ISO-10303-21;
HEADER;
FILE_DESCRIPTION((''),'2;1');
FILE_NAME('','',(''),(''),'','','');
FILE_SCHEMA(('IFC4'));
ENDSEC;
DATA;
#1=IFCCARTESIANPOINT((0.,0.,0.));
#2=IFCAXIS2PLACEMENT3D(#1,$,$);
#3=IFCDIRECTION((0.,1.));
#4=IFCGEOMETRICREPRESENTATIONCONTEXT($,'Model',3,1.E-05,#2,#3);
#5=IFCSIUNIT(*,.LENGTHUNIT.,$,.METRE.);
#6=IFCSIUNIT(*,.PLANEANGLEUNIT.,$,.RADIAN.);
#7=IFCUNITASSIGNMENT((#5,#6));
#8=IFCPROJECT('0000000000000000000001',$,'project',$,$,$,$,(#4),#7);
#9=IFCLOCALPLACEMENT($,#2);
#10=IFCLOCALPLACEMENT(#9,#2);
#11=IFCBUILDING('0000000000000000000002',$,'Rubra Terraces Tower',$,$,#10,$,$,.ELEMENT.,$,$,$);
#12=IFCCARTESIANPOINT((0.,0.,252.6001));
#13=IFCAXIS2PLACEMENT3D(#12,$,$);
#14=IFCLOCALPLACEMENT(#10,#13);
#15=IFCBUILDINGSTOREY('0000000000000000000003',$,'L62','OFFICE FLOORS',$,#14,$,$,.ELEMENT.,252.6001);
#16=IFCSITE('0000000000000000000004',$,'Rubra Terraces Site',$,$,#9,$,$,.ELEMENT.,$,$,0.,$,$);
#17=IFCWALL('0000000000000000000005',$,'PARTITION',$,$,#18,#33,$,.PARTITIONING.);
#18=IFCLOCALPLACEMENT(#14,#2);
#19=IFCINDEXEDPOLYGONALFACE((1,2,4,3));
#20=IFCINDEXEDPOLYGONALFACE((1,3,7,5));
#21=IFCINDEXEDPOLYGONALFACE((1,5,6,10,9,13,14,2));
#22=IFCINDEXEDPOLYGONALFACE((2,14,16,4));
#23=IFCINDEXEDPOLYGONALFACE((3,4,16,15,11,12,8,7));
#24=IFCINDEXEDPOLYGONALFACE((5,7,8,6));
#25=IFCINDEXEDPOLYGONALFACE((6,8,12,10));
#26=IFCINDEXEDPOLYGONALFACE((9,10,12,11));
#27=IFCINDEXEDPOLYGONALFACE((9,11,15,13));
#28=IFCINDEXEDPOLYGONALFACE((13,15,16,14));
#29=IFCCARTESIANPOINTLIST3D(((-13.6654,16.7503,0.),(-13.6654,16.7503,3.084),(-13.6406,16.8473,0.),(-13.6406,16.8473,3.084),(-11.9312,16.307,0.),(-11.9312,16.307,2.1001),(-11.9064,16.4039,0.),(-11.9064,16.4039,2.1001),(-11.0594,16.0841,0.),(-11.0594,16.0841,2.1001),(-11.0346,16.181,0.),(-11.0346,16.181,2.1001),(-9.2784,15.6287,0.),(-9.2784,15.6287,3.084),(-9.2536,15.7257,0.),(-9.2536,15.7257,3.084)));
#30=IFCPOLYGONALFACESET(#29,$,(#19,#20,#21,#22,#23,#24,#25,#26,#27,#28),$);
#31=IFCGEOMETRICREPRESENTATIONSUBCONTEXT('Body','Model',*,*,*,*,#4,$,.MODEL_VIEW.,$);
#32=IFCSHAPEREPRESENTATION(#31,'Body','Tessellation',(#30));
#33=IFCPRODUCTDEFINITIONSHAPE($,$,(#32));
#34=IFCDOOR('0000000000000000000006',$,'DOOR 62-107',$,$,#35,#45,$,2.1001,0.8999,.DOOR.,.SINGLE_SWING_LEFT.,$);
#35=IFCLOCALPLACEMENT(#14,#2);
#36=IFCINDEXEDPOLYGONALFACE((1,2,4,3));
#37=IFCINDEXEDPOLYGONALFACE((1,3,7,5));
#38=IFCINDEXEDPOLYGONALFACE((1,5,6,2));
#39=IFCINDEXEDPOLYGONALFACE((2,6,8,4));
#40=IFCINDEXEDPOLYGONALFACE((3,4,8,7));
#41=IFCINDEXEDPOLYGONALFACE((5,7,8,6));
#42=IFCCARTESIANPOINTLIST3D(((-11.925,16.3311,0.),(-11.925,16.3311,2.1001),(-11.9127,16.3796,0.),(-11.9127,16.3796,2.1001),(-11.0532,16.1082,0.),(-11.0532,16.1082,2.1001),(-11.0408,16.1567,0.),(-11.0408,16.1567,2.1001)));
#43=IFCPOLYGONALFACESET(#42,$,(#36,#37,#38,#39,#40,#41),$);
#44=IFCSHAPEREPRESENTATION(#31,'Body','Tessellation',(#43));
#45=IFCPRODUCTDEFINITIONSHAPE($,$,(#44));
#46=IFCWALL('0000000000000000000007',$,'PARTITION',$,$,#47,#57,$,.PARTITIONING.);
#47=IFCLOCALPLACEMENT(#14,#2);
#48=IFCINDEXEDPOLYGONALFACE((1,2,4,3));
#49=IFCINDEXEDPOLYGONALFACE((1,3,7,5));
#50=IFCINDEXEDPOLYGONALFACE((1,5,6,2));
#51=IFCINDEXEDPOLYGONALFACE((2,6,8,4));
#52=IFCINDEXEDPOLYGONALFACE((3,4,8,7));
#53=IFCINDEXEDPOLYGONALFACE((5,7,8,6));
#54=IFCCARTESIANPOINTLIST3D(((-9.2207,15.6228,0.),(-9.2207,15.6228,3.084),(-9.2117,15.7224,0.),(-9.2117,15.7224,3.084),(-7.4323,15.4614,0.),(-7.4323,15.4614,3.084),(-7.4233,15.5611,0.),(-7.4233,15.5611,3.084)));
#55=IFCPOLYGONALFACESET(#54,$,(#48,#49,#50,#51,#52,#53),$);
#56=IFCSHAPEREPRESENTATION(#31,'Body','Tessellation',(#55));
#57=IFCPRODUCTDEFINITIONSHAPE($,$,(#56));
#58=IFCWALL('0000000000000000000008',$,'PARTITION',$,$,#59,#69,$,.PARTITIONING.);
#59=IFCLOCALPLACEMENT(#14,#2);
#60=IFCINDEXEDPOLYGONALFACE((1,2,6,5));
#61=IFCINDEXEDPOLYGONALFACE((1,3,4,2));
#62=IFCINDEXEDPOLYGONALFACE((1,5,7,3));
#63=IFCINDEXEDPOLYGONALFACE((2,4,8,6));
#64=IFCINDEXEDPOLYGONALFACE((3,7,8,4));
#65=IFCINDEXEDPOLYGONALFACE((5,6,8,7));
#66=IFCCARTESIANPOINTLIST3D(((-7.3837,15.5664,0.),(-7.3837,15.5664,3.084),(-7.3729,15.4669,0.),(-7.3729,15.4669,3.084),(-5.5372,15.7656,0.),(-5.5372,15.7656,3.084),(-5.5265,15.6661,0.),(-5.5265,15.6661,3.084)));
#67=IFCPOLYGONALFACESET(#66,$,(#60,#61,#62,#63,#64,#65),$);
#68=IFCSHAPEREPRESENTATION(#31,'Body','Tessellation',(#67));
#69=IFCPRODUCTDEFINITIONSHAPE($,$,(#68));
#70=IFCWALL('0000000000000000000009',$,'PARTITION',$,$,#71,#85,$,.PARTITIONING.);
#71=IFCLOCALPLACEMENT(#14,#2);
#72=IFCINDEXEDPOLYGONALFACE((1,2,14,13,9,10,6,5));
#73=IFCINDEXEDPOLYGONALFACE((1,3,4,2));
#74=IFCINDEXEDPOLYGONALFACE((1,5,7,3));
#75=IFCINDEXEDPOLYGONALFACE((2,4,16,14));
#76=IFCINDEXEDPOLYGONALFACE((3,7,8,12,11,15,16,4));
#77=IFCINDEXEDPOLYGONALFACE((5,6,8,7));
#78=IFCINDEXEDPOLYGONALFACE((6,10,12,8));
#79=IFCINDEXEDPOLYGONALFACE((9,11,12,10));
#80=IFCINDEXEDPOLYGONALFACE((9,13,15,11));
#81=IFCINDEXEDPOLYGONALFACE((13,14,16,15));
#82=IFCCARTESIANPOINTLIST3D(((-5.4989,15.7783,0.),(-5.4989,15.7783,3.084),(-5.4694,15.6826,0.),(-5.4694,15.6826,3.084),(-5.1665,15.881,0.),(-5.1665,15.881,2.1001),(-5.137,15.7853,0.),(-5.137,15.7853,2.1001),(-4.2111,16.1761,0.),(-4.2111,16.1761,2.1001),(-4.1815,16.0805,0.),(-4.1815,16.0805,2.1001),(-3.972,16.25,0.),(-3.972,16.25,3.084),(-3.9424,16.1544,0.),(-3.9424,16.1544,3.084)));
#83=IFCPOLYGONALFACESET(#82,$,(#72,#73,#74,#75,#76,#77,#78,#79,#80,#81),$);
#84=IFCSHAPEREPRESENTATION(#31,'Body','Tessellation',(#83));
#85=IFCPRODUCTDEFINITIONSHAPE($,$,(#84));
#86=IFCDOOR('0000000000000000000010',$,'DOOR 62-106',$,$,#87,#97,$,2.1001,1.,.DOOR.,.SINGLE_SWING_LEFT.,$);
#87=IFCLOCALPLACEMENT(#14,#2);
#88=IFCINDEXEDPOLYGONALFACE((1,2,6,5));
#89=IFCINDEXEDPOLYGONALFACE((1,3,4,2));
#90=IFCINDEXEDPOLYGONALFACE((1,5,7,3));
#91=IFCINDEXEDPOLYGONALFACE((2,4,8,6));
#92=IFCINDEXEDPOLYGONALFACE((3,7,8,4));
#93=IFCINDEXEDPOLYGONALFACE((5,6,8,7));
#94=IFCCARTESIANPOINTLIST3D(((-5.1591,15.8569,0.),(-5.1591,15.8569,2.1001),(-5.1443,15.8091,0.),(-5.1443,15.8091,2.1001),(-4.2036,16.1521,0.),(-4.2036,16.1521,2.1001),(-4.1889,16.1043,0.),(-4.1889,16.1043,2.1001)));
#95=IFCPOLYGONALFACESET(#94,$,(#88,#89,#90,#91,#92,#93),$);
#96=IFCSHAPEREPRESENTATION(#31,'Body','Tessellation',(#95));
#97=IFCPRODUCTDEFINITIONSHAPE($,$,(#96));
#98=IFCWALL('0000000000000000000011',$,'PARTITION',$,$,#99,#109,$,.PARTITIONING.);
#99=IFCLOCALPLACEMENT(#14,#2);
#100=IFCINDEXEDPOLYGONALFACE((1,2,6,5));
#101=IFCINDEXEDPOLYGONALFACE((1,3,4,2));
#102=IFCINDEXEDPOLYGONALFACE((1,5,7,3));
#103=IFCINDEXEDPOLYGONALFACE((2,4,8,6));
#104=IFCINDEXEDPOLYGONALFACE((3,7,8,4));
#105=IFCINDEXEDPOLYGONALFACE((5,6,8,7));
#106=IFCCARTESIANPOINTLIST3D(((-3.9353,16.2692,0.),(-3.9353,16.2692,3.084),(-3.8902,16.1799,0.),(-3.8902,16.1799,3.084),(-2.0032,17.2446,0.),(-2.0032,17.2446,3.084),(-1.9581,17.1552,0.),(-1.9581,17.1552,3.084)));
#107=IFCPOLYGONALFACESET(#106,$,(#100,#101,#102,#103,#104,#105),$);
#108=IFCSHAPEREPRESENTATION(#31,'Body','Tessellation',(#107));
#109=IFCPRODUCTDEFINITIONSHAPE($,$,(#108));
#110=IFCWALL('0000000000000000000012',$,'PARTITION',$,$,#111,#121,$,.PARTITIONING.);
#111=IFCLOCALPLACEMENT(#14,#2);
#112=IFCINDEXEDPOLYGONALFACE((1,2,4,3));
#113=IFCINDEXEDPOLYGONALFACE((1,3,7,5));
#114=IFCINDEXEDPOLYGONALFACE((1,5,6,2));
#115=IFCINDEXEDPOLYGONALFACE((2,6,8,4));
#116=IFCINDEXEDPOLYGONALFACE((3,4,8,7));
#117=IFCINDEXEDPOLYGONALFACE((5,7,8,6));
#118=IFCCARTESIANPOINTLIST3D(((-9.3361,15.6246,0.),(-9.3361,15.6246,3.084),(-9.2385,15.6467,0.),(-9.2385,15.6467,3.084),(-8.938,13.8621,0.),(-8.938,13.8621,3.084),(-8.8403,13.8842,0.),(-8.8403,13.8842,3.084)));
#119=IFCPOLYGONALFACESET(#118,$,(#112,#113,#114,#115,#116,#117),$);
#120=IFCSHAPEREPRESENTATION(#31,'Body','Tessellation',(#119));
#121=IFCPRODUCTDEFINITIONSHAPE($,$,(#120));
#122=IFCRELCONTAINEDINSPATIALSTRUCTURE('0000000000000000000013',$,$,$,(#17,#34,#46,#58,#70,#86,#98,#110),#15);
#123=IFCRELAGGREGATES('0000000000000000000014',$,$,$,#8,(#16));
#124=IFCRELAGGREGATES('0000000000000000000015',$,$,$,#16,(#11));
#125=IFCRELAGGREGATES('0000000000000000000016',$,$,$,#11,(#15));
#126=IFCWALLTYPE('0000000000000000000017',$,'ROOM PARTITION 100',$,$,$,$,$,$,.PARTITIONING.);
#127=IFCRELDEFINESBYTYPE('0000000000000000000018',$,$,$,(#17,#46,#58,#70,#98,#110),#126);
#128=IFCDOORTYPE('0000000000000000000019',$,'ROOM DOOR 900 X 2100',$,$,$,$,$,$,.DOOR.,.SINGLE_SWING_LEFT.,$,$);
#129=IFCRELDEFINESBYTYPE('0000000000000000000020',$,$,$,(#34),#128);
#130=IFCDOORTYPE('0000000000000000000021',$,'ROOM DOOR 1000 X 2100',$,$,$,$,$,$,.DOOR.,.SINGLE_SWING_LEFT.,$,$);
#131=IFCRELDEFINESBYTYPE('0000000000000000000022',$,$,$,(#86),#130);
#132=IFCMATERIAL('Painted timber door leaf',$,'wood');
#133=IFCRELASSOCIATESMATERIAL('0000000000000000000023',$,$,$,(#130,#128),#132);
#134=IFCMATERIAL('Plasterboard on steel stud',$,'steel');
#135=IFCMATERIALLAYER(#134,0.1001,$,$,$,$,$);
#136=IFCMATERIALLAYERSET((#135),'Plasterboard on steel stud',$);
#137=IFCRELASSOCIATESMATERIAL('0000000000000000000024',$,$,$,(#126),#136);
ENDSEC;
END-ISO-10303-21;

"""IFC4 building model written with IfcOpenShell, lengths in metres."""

from ifc_helpers import new_model, si_unit, direction, frame, frame_2d, origin, place, context, subcontext, project, spatial, rectangle, extrude, material, layer, layer_set, type_object, element, fill, save


model = new_model("IFC4")

# Units and contexts
model_context = context("Model", 3, precision=1e-05, world=origin(), true_north=direction((0.0, 1.0)))
body_context = subcontext(model_context, "Body", "Model", "MODEL_VIEW")
ifc_project = project(units=[si_unit("LENGTHUNIT", "METRE"), si_unit("PLANEANGLEUNIT", "RADIAN")], contexts=[model_context])

# Site, building, storey
site_placement = place(None, origin())
site = spatial("IfcSite", under=ifc_project, at=site_placement, Name="Rubra Terraces Site", CompositionType="ELEMENT", RefElevation=0.0)
building_placement = place(site_placement, origin())
building = spatial("IfcBuilding", under=site, at=building_placement, Name="Rubra Terraces Tower", CompositionType="ELEMENT")
storey_placement = place(building_placement, frame((0.0, 0.0, 252.6001)))
storey = spatial("IfcBuildingStorey", under=building, at=storey_placement, Name="L62", Description="OFFICE FLOORS", CompositionType="ELEMENT", Elevation=252.6001)

# Wall, opening, door
ifc_material_1 = material(Name="Painted timber door leaf", Category="wood")
door_type_1 = type_object("IfcDoorType", Name="ROOM DOOR 1000 X 2100", OperationType="SINGLE_SWING_LEFT", PredefinedType="DOOR", material=ifc_material_1)
ifc_material_2 = material(Name="Plasterboard on steel stud", Category="steel")
ifc_layer_1 = layer(ifc_material_2, 0.1001)
ifc_layer_set_1 = layer_set([ifc_layer_1], Name="Plasterboard on steel stud")
wall_type_1 = type_object("IfcWallType", Name="ROOM PARTITION 100", PredefinedType="PARTITIONING", material=ifc_layer_set_1)
wall_1_placement = place(storey_placement, frame((-13.6531, 16.7988, 0.0), z_axis=(0.0, 0.0, 1.0), x_axis=(0.968838, -0.247696, 0.0)))
wall_1 = element("IfcWall", 1, at=wall_1_placement, inside=storey, type_object=wall_type_1, Name="PARTITION", PredefinedType="PARTITIONING", context=body_context, shape_type="SweptSolid", body=[
    extrude(rectangle(XDim=4.5281, YDim=0.1001, at=frame_2d((2.2642, 0.0))), origin(), (0.0, 0.0, 1.0), 3.084),
])
opening_1_placement = place(wall_1_placement, frame((1.79, 0.0, 0.0)))
opening_1 = element("IfcOpeningElement", 2, at=opening_1_placement, cuts=wall_1, PredefinedType="OPENING", context=body_context, shape_type="SweptSolid", body=[
    extrude(rectangle(XDim=0.8999, YDim=2.1001, at=frame_2d((0.45, 1.05))), frame((0.0, 0.0601, 0.0), z_axis=(0.0, -1.0, 0.0), x_axis=(1.0, 0.0, 0.0)), (0.0, 0.0, 1.0), 0.1201),
])
door_type_2 = type_object("IfcDoorType", Name="ROOM DOOR 900 X 2100", OperationType="SINGLE_SWING_LEFT", PredefinedType="DOOR", material=ifc_material_1)
door_1_placement = place(opening_1_placement, origin())
door_1 = element("IfcDoor", 3, at=door_1_placement, inside=storey, type_object=door_type_2, Name="DOOR 62-107", OperationType="SINGLE_SWING_LEFT", OverallHeight=2.1001, OverallWidth=0.8999, PredefinedType="DOOR", context=body_context, shape_type="SweptSolid", body=[
    extrude(rectangle(XDim=0.8999, YDim=2.1001, at=frame_2d((0.45, 1.05))), frame((0.0, 0.0249, 0.0), z_axis=(0.0, -1.0, 0.0), x_axis=(1.0, 0.0, 0.0)), (0.0, 0.0, 1.0), 0.05),
])
fill(opening_1, door_1)

# Walls
wall_2_placement = place(storey_placement, frame((-9.2163, 15.6726, 0.0), z_axis=(0.0, 0.0, 1.0), x_axis=(0.995953, -0.089874, 0.0)))
element("IfcWall", 4, at=wall_2_placement, inside=storey, type_object=wall_type_1, Name="PARTITION", PredefinedType="PARTITIONING", context=body_context, shape_type="SweptSolid", body=[
    extrude(rectangle(XDim=1.7957, YDim=0.1001, at=frame_2d((0.8979, 0.0))), origin(), (0.0, 0.0, 1.0), 3.084),
])
wall_3_placement = place(storey_placement, frame((-7.3784, 15.5166, 0.0), z_axis=(0.0, 0.0, 1.0), x_axis=(0.99423, 0.107271, 0.0)))
element("IfcWall", 5, at=wall_3_placement, inside=storey, type_object=wall_type_1, Name="PARTITION", PredefinedType="PARTITIONING", context=body_context, shape_type="SweptSolid", body=[
    extrude(rectangle(XDim=1.8572, YDim=0.1001, at=frame_2d((0.9287, 0.0))), origin(), (0.0, 0.0, 1.0), 3.084),
])

# Wall, opening, door
wall_4_placement = place(storey_placement, frame((-5.4841, 15.7305, 0.0), z_axis=(0.0, 0.0, 1.0), x_axis=(0.955448, 0.295159, 0.0)))
wall_4 = element("IfcWall", 6, at=wall_4_placement, inside=storey, type_object=wall_type_1, Name="PARTITION", PredefinedType="PARTITIONING", context=body_context, shape_type="SweptSolid", body=[
    extrude(rectangle(XDim=1.5981, YDim=0.1001, at=frame_2d((0.7991, 0.0))), origin(), (0.0, 0.0, 1.0), 3.084),
])
opening_2_placement = place(wall_4_placement, frame((0.3479, 0.0, 0.0)))
opening_2 = element("IfcOpeningElement", 7, at=opening_2_placement, cuts=wall_4, PredefinedType="OPENING", context=body_context, shape_type="SweptSolid", body=[
    extrude(rectangle(XDim=1.0, YDim=2.1001, at=frame_2d((0.5, 1.05))), frame((0.0, 0.0601, 0.0), z_axis=(0.0, -1.0, 0.0), x_axis=(1.0, 0.0, 0.0)), (0.0, 0.0, 1.0), 0.1201),
])
door_2_placement = place(opening_2_placement, origin())
door_2 = element("IfcDoor", 8, at=door_2_placement, inside=storey, type_object=door_type_1, Name="DOOR 62-106", OperationType="SINGLE_SWING_LEFT", OverallHeight=2.1001, OverallWidth=1.0, PredefinedType="DOOR", context=body_context, shape_type="SweptSolid", body=[
    extrude(rectangle(XDim=1.0, YDim=2.1001, at=frame_2d((0.5, 1.05))), frame((0.0, 0.0249, 0.0), z_axis=(0.0, -1.0, 0.0), x_axis=(1.0, 0.0, 0.0)), (0.0, 0.0, 1.0), 0.05),
])
fill(opening_2, door_2)

# Walls
wall_5_placement = place(storey_placement, frame((-3.9126, 16.2246, 0.0), z_axis=(0.0, 0.0, 1.0), x_axis=(0.892706, 0.450639, 0.0)))
element("IfcWall", 9, at=wall_5_placement, inside=storey, type_object=wall_type_1, Name="PARTITION", PredefinedType="PARTITIONING", context=body_context, shape_type="SweptSolid", body=[
    extrude(rectangle(XDim=2.1643, YDim=0.1001, at=frame_2d((1.082, 0.0))), origin(), (0.0, 0.0, 1.0), 3.084),
])
wall_6_placement = place(storey_placement, frame((-8.8892, 13.8733, 0.0), z_axis=(0.0, 0.0, 1.0), x_axis=(-0.220377, 0.975415, 0.0)))
element("IfcWall", 10, at=wall_6_placement, inside=storey, type_object=wall_type_1, Name="PARTITION", PredefinedType="PARTITIONING", context=body_context, shape_type="SweptSolid", body=[
    extrude(rectangle(XDim=1.8069, YDim=0.1001, at=frame_2d((0.9033, 0.0))), origin(), (0.0, 0.0, 1.0), 3.084),
])

save(model, "model.ifc")
